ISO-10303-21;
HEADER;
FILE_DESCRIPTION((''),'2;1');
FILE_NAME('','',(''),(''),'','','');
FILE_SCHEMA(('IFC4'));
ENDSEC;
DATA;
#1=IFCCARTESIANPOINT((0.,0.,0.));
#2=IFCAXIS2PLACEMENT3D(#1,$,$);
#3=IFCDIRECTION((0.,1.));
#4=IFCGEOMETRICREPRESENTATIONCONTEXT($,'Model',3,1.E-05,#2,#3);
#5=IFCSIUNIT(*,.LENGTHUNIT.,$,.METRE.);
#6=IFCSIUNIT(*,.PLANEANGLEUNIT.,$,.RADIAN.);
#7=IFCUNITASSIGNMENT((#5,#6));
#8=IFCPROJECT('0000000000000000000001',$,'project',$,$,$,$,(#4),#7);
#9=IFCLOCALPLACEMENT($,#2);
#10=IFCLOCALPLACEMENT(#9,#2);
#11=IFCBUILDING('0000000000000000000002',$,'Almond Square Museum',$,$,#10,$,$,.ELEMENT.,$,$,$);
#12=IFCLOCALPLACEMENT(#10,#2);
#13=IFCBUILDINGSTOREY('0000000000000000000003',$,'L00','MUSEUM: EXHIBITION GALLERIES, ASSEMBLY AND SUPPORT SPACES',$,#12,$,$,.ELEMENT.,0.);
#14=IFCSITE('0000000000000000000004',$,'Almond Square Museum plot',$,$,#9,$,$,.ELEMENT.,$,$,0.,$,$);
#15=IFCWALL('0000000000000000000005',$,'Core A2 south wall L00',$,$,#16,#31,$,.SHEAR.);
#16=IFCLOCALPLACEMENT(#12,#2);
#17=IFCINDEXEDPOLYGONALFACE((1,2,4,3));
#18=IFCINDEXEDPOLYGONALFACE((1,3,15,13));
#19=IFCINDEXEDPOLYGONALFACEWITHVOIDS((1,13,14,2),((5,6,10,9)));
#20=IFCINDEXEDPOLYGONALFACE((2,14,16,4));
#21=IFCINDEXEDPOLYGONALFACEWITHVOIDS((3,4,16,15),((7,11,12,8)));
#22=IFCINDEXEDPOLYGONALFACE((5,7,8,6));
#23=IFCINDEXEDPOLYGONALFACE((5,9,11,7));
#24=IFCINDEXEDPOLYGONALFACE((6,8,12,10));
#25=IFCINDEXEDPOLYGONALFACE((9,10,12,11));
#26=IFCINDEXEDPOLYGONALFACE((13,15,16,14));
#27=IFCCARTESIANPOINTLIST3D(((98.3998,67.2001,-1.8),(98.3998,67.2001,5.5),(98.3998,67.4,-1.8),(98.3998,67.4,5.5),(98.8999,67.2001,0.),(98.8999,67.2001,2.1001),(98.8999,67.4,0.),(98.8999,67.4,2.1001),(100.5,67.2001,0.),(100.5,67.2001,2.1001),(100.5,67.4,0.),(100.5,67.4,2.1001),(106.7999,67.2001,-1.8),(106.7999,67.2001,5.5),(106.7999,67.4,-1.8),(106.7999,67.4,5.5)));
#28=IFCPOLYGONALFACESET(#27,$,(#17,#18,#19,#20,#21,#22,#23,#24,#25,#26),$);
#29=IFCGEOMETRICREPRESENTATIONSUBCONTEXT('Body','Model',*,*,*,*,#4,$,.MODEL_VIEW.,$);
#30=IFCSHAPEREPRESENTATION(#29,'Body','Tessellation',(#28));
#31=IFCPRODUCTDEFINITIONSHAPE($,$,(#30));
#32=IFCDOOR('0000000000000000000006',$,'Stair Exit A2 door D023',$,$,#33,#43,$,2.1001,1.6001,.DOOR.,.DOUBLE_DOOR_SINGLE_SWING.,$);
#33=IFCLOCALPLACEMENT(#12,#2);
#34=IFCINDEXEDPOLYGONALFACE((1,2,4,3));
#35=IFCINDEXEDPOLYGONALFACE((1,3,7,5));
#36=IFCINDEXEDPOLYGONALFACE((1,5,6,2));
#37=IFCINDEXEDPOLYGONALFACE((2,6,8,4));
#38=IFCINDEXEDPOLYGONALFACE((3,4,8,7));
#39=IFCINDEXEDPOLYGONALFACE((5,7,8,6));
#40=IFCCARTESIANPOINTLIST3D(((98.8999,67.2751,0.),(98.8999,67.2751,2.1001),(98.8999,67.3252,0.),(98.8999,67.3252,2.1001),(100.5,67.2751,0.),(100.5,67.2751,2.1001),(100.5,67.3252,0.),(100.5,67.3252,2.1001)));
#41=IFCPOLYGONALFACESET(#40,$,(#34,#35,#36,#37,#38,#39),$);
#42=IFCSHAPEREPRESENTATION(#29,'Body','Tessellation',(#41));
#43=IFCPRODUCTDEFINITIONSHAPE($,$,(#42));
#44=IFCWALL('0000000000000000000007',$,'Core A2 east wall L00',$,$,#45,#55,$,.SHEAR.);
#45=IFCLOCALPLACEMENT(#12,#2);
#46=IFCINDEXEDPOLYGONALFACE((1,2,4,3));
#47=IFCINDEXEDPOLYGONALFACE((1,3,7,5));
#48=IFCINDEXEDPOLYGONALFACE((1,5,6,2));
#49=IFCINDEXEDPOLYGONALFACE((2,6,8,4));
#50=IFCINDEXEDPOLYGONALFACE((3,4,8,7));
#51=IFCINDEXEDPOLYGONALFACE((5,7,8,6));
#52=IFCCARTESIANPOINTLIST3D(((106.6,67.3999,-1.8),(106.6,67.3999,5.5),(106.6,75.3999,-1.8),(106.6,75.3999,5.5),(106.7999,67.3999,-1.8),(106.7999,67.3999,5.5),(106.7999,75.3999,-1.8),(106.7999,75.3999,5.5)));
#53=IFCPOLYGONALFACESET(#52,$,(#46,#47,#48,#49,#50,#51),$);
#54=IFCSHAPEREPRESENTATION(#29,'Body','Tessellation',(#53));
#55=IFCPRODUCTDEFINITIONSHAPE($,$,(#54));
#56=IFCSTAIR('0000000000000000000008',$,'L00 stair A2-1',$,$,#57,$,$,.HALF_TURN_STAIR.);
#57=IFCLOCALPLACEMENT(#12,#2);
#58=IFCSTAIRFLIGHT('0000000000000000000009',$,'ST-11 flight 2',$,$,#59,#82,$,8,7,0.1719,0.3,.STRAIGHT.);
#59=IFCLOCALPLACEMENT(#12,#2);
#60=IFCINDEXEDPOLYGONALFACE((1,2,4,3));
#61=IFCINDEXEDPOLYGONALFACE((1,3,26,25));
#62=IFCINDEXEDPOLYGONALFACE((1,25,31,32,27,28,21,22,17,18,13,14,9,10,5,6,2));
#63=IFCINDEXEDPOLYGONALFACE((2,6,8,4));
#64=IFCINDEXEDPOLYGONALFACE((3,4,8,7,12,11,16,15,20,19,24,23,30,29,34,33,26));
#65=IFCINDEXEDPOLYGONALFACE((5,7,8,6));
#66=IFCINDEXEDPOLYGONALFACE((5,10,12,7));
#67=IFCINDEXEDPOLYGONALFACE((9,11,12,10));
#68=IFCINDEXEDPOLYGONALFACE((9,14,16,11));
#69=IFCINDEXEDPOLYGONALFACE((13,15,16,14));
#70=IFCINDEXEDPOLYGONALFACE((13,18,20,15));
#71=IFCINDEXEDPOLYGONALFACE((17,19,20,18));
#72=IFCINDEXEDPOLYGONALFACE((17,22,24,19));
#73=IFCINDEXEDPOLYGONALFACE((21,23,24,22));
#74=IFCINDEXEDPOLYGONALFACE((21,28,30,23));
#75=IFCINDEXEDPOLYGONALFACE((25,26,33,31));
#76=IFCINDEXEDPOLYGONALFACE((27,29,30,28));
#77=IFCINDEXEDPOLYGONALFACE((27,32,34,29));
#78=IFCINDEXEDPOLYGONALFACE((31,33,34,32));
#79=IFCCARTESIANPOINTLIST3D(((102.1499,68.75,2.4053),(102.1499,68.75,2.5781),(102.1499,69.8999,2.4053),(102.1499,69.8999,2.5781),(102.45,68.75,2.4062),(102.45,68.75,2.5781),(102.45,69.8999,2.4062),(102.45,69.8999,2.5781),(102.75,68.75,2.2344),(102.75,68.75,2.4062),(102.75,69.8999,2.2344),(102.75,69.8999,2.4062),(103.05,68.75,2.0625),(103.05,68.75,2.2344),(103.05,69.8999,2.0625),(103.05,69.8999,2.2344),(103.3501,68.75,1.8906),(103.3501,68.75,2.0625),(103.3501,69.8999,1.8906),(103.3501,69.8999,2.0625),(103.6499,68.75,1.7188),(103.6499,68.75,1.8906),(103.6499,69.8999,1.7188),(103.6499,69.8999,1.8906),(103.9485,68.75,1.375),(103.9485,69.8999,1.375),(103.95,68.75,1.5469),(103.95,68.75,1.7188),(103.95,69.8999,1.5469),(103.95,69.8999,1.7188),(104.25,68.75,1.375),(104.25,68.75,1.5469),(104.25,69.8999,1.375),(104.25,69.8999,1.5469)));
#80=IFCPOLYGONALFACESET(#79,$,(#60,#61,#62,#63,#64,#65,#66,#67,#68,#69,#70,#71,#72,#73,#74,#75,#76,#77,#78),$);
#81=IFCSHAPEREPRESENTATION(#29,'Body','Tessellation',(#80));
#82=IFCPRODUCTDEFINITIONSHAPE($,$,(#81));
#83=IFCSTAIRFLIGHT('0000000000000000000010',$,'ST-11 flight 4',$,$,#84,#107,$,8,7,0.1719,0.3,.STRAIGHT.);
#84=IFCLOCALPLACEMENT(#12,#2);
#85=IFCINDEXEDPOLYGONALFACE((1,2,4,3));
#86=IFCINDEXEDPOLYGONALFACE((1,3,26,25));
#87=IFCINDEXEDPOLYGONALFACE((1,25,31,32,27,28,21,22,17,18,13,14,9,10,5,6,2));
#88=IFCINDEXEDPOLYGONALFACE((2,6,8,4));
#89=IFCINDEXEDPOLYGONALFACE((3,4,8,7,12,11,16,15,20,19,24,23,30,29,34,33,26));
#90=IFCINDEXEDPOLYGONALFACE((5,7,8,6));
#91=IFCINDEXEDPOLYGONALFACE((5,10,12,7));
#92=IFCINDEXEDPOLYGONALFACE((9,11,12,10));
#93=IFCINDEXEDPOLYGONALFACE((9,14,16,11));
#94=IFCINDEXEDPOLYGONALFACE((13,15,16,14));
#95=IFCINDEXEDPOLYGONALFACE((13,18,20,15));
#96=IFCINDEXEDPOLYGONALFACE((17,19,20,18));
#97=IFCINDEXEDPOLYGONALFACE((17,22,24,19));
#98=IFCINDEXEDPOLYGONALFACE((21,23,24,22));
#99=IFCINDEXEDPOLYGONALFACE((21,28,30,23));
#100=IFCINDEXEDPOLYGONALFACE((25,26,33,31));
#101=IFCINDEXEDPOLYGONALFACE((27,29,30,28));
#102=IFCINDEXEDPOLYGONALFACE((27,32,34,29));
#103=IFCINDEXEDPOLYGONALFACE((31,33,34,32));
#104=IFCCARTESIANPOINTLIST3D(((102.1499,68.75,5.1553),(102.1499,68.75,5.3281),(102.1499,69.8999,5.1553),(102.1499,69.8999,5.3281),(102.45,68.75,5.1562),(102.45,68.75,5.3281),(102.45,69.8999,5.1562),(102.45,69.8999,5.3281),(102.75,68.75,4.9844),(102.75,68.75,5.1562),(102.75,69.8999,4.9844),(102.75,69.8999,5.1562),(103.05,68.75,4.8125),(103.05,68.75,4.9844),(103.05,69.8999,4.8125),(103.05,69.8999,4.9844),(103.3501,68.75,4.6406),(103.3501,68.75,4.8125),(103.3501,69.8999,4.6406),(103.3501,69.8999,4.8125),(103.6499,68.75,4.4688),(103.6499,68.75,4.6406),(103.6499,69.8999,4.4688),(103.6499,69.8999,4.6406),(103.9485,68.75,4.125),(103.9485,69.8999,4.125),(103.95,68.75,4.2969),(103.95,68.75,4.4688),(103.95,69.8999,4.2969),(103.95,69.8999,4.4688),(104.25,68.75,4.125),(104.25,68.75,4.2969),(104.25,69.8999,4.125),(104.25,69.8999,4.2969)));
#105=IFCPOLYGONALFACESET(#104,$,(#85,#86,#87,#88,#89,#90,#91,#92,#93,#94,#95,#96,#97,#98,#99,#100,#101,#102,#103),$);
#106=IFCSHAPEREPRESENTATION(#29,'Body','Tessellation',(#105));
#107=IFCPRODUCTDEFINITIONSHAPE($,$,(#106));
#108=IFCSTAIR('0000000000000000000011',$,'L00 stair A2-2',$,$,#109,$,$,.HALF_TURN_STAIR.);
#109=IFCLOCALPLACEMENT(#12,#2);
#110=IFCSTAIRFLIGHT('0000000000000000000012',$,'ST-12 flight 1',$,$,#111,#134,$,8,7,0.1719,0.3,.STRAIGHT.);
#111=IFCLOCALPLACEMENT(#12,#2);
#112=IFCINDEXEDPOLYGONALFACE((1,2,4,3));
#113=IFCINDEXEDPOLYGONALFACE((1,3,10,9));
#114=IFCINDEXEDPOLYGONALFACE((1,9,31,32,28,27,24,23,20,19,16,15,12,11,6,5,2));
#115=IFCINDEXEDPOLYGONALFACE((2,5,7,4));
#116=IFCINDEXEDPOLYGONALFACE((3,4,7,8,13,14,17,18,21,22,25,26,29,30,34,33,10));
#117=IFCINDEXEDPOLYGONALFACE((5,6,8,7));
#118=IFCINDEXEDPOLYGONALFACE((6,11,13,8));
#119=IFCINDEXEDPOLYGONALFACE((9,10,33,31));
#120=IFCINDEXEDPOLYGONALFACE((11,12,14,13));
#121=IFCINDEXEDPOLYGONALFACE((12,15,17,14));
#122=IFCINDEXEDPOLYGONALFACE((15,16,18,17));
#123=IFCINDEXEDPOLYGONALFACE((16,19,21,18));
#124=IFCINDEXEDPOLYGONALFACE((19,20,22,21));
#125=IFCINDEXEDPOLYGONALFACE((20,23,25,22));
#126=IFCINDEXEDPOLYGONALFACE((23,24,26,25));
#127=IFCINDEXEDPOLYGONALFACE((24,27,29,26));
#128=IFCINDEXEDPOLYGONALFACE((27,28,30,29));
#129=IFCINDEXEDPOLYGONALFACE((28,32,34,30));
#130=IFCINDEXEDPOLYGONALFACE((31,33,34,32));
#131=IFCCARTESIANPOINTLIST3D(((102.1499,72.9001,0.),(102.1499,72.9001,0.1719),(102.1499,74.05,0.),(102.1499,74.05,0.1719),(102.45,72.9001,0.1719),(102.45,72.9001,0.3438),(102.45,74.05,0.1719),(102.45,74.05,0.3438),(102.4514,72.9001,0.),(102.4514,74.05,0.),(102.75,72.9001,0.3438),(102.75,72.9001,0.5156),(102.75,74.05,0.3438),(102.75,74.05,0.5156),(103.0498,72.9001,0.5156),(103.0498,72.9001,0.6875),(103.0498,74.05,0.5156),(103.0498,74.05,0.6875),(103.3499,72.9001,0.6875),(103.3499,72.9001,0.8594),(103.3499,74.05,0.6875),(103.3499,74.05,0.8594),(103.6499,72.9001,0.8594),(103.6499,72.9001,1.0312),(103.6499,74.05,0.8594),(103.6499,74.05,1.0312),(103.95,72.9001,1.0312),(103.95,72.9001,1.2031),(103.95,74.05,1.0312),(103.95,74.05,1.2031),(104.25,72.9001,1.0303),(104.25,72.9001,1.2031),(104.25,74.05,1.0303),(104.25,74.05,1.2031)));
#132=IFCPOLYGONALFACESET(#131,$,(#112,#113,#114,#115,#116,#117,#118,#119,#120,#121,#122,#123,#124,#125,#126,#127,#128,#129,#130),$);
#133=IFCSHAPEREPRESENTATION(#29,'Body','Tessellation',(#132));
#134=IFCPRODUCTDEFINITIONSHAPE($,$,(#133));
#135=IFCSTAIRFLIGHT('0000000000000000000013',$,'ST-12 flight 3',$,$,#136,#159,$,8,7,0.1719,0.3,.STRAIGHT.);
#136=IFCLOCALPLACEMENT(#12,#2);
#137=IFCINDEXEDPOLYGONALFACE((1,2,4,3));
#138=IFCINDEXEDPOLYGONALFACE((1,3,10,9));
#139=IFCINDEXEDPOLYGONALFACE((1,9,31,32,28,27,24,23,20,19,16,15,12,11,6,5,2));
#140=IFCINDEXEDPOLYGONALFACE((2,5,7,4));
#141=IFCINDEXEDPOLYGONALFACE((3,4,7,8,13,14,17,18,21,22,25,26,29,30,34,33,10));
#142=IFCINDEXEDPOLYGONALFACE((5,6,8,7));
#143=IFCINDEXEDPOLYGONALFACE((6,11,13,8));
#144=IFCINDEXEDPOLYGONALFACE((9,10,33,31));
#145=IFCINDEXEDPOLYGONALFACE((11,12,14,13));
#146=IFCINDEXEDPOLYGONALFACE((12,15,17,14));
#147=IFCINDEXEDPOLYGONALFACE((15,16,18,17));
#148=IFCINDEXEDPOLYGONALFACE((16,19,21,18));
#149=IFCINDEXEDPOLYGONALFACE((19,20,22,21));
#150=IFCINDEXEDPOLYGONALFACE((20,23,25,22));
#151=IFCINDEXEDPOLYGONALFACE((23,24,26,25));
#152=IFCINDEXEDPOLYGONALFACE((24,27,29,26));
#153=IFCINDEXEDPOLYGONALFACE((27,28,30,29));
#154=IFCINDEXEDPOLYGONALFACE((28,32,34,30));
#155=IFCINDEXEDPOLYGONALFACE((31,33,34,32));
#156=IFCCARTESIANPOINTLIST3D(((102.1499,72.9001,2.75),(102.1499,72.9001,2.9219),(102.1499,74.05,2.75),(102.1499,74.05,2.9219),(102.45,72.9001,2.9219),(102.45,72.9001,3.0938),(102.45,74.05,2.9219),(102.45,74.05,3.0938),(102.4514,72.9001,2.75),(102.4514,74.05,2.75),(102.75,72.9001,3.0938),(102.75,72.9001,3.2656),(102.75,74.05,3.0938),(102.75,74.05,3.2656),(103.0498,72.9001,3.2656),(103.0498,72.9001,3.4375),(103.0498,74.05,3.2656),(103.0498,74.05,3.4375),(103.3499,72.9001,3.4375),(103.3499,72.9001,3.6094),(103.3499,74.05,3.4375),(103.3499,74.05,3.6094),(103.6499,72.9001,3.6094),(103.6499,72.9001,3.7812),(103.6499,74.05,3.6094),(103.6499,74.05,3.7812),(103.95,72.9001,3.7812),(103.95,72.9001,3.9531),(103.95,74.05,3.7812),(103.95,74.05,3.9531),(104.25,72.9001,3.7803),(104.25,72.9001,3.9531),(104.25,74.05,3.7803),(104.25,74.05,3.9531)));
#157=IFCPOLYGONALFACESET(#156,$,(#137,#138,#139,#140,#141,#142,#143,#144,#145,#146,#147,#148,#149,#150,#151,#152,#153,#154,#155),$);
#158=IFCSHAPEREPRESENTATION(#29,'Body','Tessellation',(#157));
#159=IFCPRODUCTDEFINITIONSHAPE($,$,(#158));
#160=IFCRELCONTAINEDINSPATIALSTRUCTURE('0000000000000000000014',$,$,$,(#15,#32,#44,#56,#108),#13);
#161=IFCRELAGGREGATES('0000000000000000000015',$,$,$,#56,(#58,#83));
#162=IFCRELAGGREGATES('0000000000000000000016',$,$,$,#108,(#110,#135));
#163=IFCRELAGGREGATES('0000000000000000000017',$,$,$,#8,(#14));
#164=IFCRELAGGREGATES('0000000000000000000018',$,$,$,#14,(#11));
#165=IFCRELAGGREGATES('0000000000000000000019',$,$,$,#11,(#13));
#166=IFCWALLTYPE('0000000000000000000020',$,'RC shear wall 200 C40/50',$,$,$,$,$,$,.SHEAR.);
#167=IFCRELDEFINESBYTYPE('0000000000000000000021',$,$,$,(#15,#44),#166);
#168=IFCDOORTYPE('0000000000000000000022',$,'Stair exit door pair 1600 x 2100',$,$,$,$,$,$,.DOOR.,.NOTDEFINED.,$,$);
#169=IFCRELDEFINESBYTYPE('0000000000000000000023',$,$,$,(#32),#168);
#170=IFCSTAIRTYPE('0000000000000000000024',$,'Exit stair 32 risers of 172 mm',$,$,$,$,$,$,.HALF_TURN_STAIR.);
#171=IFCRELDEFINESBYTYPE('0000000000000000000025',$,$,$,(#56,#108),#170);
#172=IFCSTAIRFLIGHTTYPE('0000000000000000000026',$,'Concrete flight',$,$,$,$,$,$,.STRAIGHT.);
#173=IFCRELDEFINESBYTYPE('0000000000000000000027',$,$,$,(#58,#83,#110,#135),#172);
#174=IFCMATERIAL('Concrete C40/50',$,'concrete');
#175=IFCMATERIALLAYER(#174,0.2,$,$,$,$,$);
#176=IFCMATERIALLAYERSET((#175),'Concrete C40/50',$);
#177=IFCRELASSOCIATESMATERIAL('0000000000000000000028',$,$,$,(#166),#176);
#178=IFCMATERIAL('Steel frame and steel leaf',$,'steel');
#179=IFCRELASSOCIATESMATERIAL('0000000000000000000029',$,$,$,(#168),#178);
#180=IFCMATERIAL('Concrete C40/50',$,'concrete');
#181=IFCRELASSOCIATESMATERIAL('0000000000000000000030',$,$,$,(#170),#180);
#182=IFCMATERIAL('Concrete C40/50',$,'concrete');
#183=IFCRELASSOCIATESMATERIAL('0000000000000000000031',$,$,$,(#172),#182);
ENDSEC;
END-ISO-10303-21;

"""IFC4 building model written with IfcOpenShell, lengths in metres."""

from ifc_helpers import new_model, si_unit, direction, frame, frame_2d, origin, place, context, subcontext, project, spatial, polyline, rectangle, outline, extrude, material, layer, layer_set, type_object, element, fill, aggregate, save


model = new_model("IFC4")

# Units and contexts
model_context = context("Model", 3, precision=1e-05, world=origin(), true_north=direction((0.0, 1.0)))
body_context = subcontext(model_context, "Body", "Model", "MODEL_VIEW")
ifc_project = project(units=[si_unit("LENGTHUNIT", "METRE"), si_unit("PLANEANGLEUNIT", "RADIAN")], contexts=[model_context])

# Site, building, storey
site_placement = place(None, origin())
site = spatial("IfcSite", under=ifc_project, at=site_placement, Name="Almond Square Museum plot", CompositionType="ELEMENT", RefElevation=0.0)
building_placement = place(site_placement, origin())
building = spatial("IfcBuilding", under=site, at=building_placement, Name="Almond Square Museum", CompositionType="ELEMENT")
storey_placement = place(building_placement, origin())
storey = spatial("IfcBuildingStorey", under=building, at=storey_placement, Name="L00", Description="MUSEUM: EXHIBITION GALLERIES, ASSEMBLY AND SUPPORT SPACES", CompositionType="ELEMENT", Elevation=0.0)

# Wall, opening, door
ifc_material_1 = material(Name="Concrete C40/50", Category="concrete")
ifc_layer = layer(ifc_material_1, 0.2)
ifc_layer_set = layer_set([ifc_layer], Name="Concrete C40/50")
wall_type = type_object("IfcWallType", Name="RC shear wall 200 C40/50", PredefinedType="SHEAR", material=ifc_layer_set)
wall_1_placement = place(storey_placement, frame((106.8, 67.3, -1.8), z_axis=(0.0, 0.0, 1.0), x_axis=(-1.0, 0.0, 0.0)))
wall_1 = element("IfcWall", 1, at=wall_1_placement, inside=storey, type_object=wall_type, Name="Core A2 south wall L00", PredefinedType="SHEAR", context=body_context, shape_type="SweptSolid", body=[
    extrude(rectangle(XDim=8.4001, YDim=0.2, at=frame_2d((4.2002, 0.0))), origin(), (0.0, 0.0, 1.0), 7.3),
])
opening_placement = place(wall_1_placement, frame((6.3, 0.0, 1.8)))
opening = element("IfcOpeningElement", 2, at=opening_placement, cuts=wall_1, PredefinedType="OPENING", context=body_context, shape_type="SweptSolid", body=[
    extrude(rectangle(XDim=1.6001, YDim=2.1001, at=frame_2d((0.8, 1.05))), frame((0.0, 0.1099, 0.0), z_axis=(0.0, -1.0, 0.0), x_axis=(1.0, 0.0, 0.0)), (0.0, 0.0, 1.0), 0.22),
])
ifc_material_2 = material(Name="Steel frame and steel leaf", Category="steel")
door_type = type_object("IfcDoorType", Name="Stair exit door pair 1600 x 2100", OperationType="NOTDEFINED", PredefinedType="DOOR", material=ifc_material_2)
door_placement = place(opening_placement, origin())
door = element("IfcDoor", 3, at=door_placement, inside=storey, type_object=door_type, Name="Stair Exit A2 door D023", OperationType="DOUBLE_DOOR_SINGLE_SWING", OverallHeight=2.1001, OverallWidth=1.6001, PredefinedType="DOOR", context=body_context, shape_type="SweptSolid", body=[
    extrude(rectangle(XDim=1.6001, YDim=2.1001, at=frame_2d((0.8, 1.05))), frame((0.0, 0.0249, 0.0), z_axis=(0.0, -1.0, 0.0), x_axis=(1.0, 0.0, 0.0)), (0.0, 0.0, 1.0), 0.05),
])
fill(opening, door)

# Wall
wall_2_placement = place(storey_placement, frame((106.7, 67.3999, -1.8), z_axis=(0.0, 0.0, 1.0), x_axis=(0.0, 1.0, 0.0)))
element("IfcWall", 4, at=wall_2_placement, inside=storey, type_object=wall_type, Name="Core A2 east wall L00", PredefinedType="SHEAR", context=body_context, shape_type="SweptSolid", body=[
    extrude(rectangle(XDim=8.0, YDim=0.2, at=frame_2d((4.0, 0.0))), origin(), (0.0, 0.0, 1.0), 7.3),
])

# Stairs, stair flights
ifc_material_3 = material(Name="Concrete C40/50", Category="concrete")
stair_type = type_object("IfcStairType", Name="Exit stair 32 risers of 172 mm", PredefinedType="HALF_TURN_STAIR", material=ifc_material_3)
stair_1_placement = place(storey_placement, origin())
stair_1 = element("IfcStair", 5, at=stair_1_placement, inside=storey, type_object=stair_type, Name="L00 stair A2-1", PredefinedType="HALF_TURN_STAIR")
ifc_material_4 = material(Name="Concrete C40/50", Category="concrete")
stair_flight_type = type_object("IfcStairFlightType", Name="Concrete flight", PredefinedType="STRAIGHT", material=ifc_material_4)
stair_flight_1_placement = place(storey_placement, frame((104.25, 69.325, 1.375), z_axis=(0.0, 0.0, 1.0), x_axis=(-1.0, 0.0, 0.0)))
stair_flight_1 = element("IfcStairFlight", 6, at=stair_flight_1_placement, type_object=stair_flight_type, Name="ST-11 flight 2", NumberOfRisers=8, NumberOfTreads=7, PredefinedType="STRAIGHT", RiserHeight=0.1719, TreadLength=0.3, context=body_context, shape_type="SweptSolid", body=[
    extrude(outline(polyline([(0.0, 0.0), (0.0, 0.1719), (0.3, 0.1719), (0.3, 0.3438), (0.6001, 0.3438), (0.6001, 0.5156), (0.8999, 0.5156), (0.8999, 0.6875), (1.2, 0.6875), (1.2, 0.8594), (1.5, 0.8594), (1.5, 1.0312), (1.8, 1.0312), (1.8, 1.2031), (2.1001, 1.2031), (2.1001, 1.375), (2.1001, 1.0303), (0.3015, 0.0), (0.0, 0.0)])), frame((0.0, 0.575, 0.0), z_axis=(0.0, -1.0, 0.0), x_axis=(1.0, 0.0, 0.0)), (0.0, 0.0, 1.0), 1.1499),
])
stair_flight_2_placement = place(storey_placement, frame((104.25, 69.325, 4.125), z_axis=(0.0, 0.0, 1.0), x_axis=(-1.0, 0.0, 0.0)))
stair_flight_2 = element("IfcStairFlight", 7, at=stair_flight_2_placement, type_object=stair_flight_type, Name="ST-11 flight 4", NumberOfRisers=8, NumberOfTreads=7, PredefinedType="STRAIGHT", RiserHeight=0.1719, TreadLength=0.3, context=body_context, shape_type="SweptSolid", body=[
    extrude(outline(polyline([(0.0, 0.0), (0.0, 0.1719), (0.3, 0.1719), (0.3, 0.3438), (0.6001, 0.3438), (0.6001, 0.5156), (0.8999, 0.5156), (0.8999, 0.6875), (1.2, 0.6875), (1.2, 0.8594), (1.5, 0.8594), (1.5, 1.0312), (1.8, 1.0312), (1.8, 1.2031), (2.1001, 1.2031), (2.1001, 1.375), (2.1001, 1.0303), (0.3015, 0.0), (0.0, 0.0)])), frame((0.0, 0.575, 0.0), z_axis=(0.0, -1.0, 0.0), x_axis=(1.0, 0.0, 0.0)), (0.0, 0.0, 1.0), 1.1499),
])
aggregate(stair_1, [stair_flight_1, stair_flight_2])
stair_2_placement = place(storey_placement, origin())
stair_2 = element("IfcStair", 8, at=stair_2_placement, inside=storey, type_object=stair_type, Name="L00 stair A2-2", PredefinedType="HALF_TURN_STAIR")
stair_flight_3_placement = place(storey_placement, frame((102.1499, 73.4751, 0.0), z_axis=(0.0, 0.0, 1.0), x_axis=(1.0, 0.0, 0.0)))
stair_flight_3 = element("IfcStairFlight", 9, at=stair_flight_3_placement, type_object=stair_flight_type, Name="ST-12 flight 1", NumberOfRisers=8, NumberOfTreads=7, PredefinedType="STRAIGHT", RiserHeight=0.1719, TreadLength=0.3, context=body_context, shape_type="SweptSolid", body=[
    extrude(outline(polyline([(0.0, 0.0), (0.0, 0.1719), (0.3, 0.1719), (0.3, 0.3438), (0.6001, 0.3438), (0.6001, 0.5156), (0.8999, 0.5156), (0.8999, 0.6875), (1.2, 0.6875), (1.2, 0.8594), (1.5, 0.8594), (1.5, 1.0312), (1.8, 1.0312), (1.8, 1.2031), (2.1001, 1.2031), (2.1001, 1.375), (2.1001, 1.0303), (0.3015, 0.0), (0.0, 0.0)])), frame((0.0, 0.575, 0.0), z_axis=(0.0, -1.0, 0.0), x_axis=(1.0, 0.0, 0.0)), (0.0, 0.0, 1.0), 1.1499),
])
stair_flight_4_placement = place(storey_placement, frame((102.1499, 73.4751, 2.75), z_axis=(0.0, 0.0, 1.0), x_axis=(1.0, 0.0, 0.0)))
stair_flight_4 = element("IfcStairFlight", 10, at=stair_flight_4_placement, type_object=stair_flight_type, Name="ST-12 flight 3", NumberOfRisers=8, NumberOfTreads=7, PredefinedType="STRAIGHT", RiserHeight=0.1719, TreadLength=0.3, context=body_context, shape_type="SweptSolid", body=[
    extrude(outline(polyline([(0.0, 0.0), (0.0, 0.1719), (0.3, 0.1719), (0.3, 0.3438), (0.6001, 0.3438), (0.6001, 0.5156), (0.8999, 0.5156), (0.8999, 0.6875), (1.2, 0.6875), (1.2, 0.8594), (1.5, 0.8594), (1.5, 1.0312), (1.8, 1.0312), (1.8, 1.2031), (2.1001, 1.2031), (2.1001, 1.375), (2.1001, 1.0303), (0.3015, 0.0), (0.0, 0.0)])), frame((0.0, 0.575, 0.0), z_axis=(0.0, -1.0, 0.0), x_axis=(1.0, 0.0, 0.0)), (0.0, 0.0, 1.0), 1.1499),
])
aggregate(stair_2, [stair_flight_3, stair_flight_4])

save(model, "model.ifc")
